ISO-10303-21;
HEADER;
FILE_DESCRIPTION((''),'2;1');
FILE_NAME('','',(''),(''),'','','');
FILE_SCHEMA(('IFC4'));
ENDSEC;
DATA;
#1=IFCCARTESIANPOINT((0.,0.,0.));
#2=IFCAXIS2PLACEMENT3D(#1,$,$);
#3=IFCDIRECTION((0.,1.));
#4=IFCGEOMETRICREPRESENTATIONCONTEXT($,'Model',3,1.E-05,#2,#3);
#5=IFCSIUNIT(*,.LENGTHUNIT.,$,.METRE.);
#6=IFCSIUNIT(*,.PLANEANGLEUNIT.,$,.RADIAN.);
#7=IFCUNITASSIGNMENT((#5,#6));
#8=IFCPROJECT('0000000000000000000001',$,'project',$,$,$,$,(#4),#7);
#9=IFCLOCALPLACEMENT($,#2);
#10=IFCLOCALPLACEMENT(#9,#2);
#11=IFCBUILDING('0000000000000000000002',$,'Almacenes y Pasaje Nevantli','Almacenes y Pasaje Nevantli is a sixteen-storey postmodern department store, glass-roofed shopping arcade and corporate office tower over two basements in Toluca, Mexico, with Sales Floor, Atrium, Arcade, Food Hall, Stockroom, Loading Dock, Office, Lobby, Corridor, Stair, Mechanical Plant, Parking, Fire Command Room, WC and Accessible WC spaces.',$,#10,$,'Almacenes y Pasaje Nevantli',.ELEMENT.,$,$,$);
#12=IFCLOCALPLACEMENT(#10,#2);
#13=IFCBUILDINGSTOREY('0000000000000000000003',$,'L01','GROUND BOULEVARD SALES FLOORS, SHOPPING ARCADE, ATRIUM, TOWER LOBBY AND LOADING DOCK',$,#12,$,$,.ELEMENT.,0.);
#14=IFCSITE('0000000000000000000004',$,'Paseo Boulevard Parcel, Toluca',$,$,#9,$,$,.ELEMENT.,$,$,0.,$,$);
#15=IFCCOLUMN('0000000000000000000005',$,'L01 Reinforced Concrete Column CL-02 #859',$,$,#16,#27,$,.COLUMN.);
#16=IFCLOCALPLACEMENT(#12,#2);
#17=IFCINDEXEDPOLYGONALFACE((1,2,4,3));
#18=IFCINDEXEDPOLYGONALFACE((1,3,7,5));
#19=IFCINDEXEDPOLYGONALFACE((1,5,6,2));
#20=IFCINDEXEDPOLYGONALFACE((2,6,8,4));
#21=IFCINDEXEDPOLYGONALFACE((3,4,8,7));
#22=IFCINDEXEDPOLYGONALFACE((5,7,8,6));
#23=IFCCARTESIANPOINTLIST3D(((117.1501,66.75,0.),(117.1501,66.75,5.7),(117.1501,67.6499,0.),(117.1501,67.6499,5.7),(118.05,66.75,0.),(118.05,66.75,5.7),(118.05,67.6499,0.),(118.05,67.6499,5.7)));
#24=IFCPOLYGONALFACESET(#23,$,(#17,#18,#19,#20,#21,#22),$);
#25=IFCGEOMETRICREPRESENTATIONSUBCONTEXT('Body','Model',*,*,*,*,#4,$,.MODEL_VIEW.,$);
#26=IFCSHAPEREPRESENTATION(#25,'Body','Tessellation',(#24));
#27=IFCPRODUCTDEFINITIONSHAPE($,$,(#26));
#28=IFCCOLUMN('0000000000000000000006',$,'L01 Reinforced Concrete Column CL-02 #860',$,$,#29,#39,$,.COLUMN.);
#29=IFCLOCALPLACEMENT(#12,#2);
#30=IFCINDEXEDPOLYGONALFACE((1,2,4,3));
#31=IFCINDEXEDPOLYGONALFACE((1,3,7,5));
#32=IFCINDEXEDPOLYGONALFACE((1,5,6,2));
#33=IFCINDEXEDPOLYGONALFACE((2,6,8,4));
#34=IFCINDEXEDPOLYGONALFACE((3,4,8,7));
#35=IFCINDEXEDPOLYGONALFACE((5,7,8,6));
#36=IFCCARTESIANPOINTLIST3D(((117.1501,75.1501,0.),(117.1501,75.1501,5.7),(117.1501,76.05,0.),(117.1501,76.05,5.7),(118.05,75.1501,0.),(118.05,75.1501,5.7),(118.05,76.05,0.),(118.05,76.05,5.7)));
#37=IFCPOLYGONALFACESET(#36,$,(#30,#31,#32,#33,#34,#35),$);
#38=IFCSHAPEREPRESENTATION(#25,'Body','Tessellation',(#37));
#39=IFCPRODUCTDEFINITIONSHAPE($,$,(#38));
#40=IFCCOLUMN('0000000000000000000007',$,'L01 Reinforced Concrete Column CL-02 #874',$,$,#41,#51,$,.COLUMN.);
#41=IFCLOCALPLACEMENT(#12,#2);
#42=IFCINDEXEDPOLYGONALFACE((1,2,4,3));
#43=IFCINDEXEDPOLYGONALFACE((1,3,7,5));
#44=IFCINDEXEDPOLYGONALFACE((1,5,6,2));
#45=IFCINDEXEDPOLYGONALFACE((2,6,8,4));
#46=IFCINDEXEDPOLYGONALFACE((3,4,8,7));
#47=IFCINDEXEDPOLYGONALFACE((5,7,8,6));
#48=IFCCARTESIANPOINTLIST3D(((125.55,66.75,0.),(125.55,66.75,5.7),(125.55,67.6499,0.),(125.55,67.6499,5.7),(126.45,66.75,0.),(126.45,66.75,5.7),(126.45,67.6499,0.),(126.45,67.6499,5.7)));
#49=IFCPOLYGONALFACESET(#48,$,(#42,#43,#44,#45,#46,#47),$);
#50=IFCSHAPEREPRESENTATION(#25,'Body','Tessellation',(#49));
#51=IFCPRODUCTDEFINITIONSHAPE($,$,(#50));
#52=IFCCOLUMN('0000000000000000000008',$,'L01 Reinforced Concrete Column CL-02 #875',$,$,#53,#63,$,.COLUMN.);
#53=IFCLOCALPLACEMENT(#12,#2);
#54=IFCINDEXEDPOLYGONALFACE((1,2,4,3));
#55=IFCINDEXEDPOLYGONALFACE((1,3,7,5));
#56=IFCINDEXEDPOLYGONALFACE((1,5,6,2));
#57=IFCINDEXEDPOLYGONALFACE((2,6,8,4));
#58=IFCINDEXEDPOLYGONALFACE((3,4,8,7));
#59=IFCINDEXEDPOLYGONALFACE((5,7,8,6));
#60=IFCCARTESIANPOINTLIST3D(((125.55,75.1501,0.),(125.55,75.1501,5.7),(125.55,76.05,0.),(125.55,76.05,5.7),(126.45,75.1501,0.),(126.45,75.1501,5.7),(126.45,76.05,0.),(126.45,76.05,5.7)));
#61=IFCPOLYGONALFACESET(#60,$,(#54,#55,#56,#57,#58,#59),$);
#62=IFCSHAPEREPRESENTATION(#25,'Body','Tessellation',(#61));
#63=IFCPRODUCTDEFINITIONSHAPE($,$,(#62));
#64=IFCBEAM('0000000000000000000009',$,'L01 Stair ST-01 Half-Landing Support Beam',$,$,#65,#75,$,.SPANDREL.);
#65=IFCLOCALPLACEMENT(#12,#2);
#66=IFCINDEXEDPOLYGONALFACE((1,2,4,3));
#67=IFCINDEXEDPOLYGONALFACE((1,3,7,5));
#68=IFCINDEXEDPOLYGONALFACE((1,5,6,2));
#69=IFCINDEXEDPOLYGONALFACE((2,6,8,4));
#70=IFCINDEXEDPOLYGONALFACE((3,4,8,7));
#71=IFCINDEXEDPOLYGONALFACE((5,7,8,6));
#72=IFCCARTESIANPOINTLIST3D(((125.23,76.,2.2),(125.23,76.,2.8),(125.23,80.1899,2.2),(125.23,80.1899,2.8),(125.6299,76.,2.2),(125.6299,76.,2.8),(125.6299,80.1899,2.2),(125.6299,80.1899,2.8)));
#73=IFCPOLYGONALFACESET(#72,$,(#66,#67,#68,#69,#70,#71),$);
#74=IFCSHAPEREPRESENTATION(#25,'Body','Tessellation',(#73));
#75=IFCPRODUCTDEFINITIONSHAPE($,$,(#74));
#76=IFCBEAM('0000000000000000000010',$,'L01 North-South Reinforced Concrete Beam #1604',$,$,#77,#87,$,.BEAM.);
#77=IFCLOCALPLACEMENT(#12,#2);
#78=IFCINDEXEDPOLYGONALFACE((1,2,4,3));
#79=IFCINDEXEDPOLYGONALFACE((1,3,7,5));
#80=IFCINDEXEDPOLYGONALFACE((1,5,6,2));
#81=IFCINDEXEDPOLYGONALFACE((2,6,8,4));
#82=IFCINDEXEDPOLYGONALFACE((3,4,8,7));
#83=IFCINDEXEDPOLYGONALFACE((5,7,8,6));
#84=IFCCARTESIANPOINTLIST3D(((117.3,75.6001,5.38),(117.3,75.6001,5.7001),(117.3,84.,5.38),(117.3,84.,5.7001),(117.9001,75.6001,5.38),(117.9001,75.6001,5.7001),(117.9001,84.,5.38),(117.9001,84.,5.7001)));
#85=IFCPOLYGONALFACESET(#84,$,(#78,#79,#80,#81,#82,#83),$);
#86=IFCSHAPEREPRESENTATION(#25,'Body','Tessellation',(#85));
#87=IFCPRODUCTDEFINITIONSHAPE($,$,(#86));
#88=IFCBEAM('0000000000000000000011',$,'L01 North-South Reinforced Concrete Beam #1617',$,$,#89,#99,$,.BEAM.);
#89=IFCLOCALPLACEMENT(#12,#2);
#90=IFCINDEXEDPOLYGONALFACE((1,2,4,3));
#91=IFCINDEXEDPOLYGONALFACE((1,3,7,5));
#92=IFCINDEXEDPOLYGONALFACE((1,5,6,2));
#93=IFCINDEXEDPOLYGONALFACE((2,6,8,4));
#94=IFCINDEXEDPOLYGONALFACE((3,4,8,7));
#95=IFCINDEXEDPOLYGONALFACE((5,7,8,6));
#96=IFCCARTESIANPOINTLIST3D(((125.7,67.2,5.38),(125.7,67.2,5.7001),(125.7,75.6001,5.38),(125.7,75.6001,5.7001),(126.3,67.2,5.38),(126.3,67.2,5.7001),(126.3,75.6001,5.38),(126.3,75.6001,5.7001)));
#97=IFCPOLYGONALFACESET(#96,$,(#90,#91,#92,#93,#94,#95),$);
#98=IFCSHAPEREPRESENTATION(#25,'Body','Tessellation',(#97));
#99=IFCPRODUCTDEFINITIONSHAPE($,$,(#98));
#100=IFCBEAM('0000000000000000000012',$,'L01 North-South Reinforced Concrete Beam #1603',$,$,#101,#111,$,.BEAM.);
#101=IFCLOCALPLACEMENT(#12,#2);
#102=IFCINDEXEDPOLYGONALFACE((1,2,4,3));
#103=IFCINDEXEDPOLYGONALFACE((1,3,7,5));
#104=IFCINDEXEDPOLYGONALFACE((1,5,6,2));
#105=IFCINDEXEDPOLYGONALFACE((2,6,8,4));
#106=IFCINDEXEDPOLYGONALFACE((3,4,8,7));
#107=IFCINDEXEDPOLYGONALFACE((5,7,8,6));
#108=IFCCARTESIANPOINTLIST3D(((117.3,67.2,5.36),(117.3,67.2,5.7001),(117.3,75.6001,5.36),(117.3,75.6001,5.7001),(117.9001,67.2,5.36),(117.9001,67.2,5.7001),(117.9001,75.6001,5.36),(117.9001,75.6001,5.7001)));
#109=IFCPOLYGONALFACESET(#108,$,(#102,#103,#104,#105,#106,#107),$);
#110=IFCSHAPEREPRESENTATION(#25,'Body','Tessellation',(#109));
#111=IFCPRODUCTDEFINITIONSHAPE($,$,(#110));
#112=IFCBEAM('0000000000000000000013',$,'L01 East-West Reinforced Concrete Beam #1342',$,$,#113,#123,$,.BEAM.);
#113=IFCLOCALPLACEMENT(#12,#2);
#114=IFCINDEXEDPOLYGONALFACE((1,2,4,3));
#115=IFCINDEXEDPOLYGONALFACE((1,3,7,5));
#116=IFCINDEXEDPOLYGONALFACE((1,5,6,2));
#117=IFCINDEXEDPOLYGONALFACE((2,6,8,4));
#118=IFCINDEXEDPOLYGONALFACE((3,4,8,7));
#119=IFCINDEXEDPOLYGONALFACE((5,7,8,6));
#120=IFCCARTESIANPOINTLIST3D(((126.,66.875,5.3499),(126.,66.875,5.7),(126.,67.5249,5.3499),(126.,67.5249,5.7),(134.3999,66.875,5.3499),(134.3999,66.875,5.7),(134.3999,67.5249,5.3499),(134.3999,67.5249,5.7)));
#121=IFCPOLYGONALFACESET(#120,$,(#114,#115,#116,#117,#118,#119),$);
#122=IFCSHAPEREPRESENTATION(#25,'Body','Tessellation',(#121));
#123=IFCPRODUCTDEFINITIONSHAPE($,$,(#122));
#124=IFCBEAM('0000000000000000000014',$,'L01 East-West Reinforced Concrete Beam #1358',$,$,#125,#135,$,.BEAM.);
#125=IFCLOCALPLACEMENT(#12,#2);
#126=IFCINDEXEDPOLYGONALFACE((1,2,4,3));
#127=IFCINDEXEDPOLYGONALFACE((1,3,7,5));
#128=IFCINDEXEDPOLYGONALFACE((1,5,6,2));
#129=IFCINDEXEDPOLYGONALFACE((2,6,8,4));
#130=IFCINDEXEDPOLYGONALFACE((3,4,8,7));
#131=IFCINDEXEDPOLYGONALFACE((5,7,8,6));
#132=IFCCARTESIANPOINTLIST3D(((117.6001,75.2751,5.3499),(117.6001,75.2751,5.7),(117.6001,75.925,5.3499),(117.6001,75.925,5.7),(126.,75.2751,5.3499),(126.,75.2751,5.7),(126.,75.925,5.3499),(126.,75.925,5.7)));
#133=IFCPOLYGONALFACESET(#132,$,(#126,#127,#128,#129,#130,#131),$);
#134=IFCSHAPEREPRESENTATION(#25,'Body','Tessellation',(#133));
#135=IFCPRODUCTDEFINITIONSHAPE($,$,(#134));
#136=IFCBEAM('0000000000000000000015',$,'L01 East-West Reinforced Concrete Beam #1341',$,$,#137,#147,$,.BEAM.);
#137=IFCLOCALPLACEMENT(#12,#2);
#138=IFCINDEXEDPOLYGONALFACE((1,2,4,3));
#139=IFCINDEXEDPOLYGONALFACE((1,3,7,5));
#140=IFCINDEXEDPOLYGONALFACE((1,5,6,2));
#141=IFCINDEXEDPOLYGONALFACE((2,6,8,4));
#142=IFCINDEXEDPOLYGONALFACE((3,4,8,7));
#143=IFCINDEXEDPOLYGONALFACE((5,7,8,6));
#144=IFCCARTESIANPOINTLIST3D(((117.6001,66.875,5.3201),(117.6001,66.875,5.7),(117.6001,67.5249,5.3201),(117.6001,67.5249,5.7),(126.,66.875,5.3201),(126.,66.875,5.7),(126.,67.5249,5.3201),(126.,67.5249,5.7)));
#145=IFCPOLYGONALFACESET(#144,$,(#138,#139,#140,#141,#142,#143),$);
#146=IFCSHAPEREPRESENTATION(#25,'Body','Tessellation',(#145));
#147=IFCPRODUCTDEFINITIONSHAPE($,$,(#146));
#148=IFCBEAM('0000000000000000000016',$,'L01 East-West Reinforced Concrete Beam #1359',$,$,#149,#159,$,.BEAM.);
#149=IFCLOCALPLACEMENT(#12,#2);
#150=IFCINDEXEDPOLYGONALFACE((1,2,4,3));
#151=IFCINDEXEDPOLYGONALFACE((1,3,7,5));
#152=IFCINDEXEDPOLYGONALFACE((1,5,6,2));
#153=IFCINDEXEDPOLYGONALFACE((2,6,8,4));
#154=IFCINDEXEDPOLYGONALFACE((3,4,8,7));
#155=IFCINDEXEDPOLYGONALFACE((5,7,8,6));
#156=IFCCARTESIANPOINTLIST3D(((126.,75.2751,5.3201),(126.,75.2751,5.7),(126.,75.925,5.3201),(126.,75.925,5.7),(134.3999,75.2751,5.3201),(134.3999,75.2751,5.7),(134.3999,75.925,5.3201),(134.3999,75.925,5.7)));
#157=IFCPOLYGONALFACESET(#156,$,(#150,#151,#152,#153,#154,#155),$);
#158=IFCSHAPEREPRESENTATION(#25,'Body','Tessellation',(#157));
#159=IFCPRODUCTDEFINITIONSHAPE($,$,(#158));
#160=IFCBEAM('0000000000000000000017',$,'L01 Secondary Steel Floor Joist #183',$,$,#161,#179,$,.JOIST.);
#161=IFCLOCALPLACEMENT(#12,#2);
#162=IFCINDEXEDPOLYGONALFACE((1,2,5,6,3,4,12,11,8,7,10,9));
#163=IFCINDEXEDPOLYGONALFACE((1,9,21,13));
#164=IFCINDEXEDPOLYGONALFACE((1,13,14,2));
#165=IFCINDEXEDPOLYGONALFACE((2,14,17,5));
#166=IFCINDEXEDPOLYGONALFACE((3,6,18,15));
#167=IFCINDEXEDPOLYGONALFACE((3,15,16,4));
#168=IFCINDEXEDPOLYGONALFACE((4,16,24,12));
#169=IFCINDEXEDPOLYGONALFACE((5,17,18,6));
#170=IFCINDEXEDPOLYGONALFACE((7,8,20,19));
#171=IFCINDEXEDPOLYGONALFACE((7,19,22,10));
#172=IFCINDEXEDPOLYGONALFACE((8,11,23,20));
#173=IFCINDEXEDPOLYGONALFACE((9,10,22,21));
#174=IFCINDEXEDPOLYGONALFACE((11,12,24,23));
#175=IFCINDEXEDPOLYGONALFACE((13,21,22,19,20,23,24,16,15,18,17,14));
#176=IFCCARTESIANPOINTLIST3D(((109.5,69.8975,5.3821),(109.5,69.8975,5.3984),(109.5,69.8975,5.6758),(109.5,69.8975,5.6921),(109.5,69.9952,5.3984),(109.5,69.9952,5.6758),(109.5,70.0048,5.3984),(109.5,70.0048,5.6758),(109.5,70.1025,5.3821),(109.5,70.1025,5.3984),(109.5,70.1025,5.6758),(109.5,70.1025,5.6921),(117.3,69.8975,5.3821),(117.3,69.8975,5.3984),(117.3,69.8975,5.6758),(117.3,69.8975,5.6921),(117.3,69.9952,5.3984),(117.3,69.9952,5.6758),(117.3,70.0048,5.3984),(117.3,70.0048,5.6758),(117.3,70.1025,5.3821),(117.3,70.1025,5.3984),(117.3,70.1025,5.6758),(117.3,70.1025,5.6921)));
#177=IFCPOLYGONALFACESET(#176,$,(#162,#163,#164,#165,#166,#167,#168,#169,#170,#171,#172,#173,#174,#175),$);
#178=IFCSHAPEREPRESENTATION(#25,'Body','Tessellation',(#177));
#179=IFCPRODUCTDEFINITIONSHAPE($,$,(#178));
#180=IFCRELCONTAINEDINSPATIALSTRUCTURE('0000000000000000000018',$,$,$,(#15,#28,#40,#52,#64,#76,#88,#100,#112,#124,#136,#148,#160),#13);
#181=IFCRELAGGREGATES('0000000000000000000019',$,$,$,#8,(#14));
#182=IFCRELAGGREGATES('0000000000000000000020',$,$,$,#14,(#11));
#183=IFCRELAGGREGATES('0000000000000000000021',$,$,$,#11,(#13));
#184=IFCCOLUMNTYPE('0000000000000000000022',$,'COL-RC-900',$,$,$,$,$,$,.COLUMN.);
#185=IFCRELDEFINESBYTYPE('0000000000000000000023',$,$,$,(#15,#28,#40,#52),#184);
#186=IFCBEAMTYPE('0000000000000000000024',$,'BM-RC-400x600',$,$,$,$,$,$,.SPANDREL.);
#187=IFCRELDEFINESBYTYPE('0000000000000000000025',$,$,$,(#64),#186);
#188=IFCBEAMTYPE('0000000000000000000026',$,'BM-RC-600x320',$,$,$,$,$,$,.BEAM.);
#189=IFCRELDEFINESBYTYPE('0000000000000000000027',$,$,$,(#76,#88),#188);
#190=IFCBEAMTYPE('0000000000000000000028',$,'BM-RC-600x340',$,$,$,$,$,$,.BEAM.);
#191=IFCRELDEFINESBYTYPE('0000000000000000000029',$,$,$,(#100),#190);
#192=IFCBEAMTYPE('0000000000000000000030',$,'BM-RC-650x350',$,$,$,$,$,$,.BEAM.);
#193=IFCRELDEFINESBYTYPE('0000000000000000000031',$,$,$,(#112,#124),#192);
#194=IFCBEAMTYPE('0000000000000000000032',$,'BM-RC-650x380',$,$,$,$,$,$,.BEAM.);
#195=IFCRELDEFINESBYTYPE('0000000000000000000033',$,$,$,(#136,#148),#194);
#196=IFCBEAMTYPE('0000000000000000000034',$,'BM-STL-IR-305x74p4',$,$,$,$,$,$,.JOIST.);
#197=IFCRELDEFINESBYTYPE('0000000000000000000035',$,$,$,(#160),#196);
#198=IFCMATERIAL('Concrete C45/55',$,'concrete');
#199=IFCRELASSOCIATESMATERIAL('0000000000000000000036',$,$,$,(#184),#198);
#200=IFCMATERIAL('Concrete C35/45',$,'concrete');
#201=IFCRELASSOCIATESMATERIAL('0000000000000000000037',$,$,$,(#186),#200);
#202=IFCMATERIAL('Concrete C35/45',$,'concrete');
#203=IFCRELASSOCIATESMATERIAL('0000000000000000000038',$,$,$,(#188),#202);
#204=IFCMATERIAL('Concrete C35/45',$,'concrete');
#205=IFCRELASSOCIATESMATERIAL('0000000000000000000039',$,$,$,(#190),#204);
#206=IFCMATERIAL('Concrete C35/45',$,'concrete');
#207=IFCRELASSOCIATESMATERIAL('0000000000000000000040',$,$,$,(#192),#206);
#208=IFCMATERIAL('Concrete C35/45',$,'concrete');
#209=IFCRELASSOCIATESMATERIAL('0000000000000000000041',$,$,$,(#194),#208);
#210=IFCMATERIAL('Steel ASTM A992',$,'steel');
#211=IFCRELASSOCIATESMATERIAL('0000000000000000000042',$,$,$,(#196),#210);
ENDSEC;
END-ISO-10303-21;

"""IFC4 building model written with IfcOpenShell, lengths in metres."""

from ifc_helpers import new_model, si_unit, direction, frame, origin, origin_2d, place, context, subcontext, project, spatial, rectangle, i_section, extrude, material, material_profile, profile_set, type_object, element, save


model = new_model("IFC4")

# Units and contexts
model_context = context("Model", 3, precision=1e-05, world=origin(), true_north=direction((0.0, 1.0)))
body_context = subcontext(model_context, "Body", "Model", "MODEL_VIEW")
ifc_project = project(units=[si_unit("LENGTHUNIT", "METRE"), si_unit("PLANEANGLEUNIT", "RADIAN")], contexts=[model_context])

# Site, building, storey
site_placement = place(None, origin())
site = spatial("IfcSite", under=ifc_project, at=site_placement, Name="Paseo Boulevard Parcel, Toluca", CompositionType="ELEMENT", RefElevation=0.0)
building_placement = place(site_placement, origin())
building = spatial("IfcBuilding", under=site, at=building_placement, Name="Almacenes y Pasaje Nevantli", Description="Almacenes y Pasaje Nevantli is a sixteen-storey postmodern department store, glass-roofed shopping arcade and corporate office tower over two basements in Toluca, Mexico, with Sales Floor, Atrium, Arcade, Food Hall, Stockroom, Loading Dock, Office, Lobby, Corridor, Stair, Mechanical Plant, Parking, Fire Command Room, WC and Accessible WC spaces.", LongName="Almacenes y Pasaje Nevantli", CompositionType="ELEMENT")
storey_placement = place(building_placement, origin())
storey = spatial("IfcBuildingStorey", under=building, at=storey_placement, Name="L01", Description="GROUND BOULEVARD SALES FLOORS, SHOPPING ARCADE, ATRIUM, TOWER LOBBY AND LOADING DOCK", CompositionType="ELEMENT", Elevation=0.0)

# Columns
ifc_material_1 = material(Name="Concrete C45/55", Category="concrete")
ifc_material_profile_1 = material_profile(ifc_material_1, rectangle(XDim=0.8999, YDim=0.8999, at=origin_2d()), Name="RC-COL-900x900")
ifc_profile_set_1 = profile_set([ifc_material_profile_1], Name="Concrete C45/55")
column_type = type_object("IfcColumnType", Name="COL-RC-900", PredefinedType="COLUMN", material=ifc_profile_set_1)
for number, where, z_axis, x_axis, name in (
    (1, (117.6001, 67.2, 0.0), (0.0, 0.0, 1.0), (1.0, 0.0, 0.0), "L01 Reinforced Concrete Column CL-02 #859"),
    (2, (117.6001, 75.6001, 0.0), (0.0, 0.0, 1.0), (1.0, 0.0, 0.0), "L01 Reinforced Concrete Column CL-02 #860"),
    (3, (126.0, 67.2, 0.0), (0.0, 0.0, 1.0), (1.0, 0.0, 0.0), "L01 Reinforced Concrete Column CL-02 #874"),
    (4, (126.0, 75.6001, 0.0), (0.0, 0.0, 1.0), (1.0, 0.0, 0.0), "L01 Reinforced Concrete Column CL-02 #875"),
):
    element("IfcColumn", number, at=place(storey_placement, frame(where, z_axis=z_axis, x_axis=x_axis)), inside=storey, type_object=column_type, Name=name, PredefinedType="COLUMN", context=body_context, shape_type="SweptSolid", body=[
        extrude(rectangle(XDim=0.8999, YDim=0.8999, at=origin_2d()), origin(), (0.0, 0.0, 1.0), 5.7),
    ])

# Beams
ifc_material_2 = material(Name="Concrete C35/45", Category="concrete")
ifc_material_profile_2 = material_profile(ifc_material_2, rectangle(XDim=0.3999, YDim=0.6001, at=origin_2d()), Name="RC-BM-400x600")
ifc_profile_set_2 = profile_set([ifc_material_profile_2], Name="Concrete C35/45")
beam_type_1 = type_object("IfcBeamType", Name="BM-RC-400x600", PredefinedType="SPANDREL", material=ifc_profile_set_2)
beam_1_placement = place(storey_placement, frame((125.4299, 76.0, 2.5), z_axis=(0.0, 1.0, 0.0), x_axis=(-1.0, 0.0, 0.0)))
element("IfcBeam", 5, at=beam_1_placement, inside=storey, type_object=beam_type_1, Name="L01 Stair ST-01 Half-Landing Support Beam", PredefinedType="SPANDREL", context=body_context, shape_type="SweptSolid", body=[
    extrude(rectangle(XDim=0.3999, YDim=0.6001, at=origin_2d()), origin(), (0.0, 0.0, 1.0), 4.1899),
])
ifc_material_3 = material(Name="Concrete C35/45", Category="concrete")
ifc_material_profile_3 = material_profile(ifc_material_3, rectangle(XDim=0.6001, YDim=0.3201, at=origin_2d()), Name="RC-BM-600x320")
ifc_profile_set_3 = profile_set([ifc_material_profile_3], Name="Concrete C35/45")
beam_type_2 = type_object("IfcBeamType", Name="BM-RC-600x320", PredefinedType="BEAM", material=ifc_profile_set_3)
beam_2_placement = place(storey_placement, frame((117.6001, 75.6001, 5.54), z_axis=(0.0, 1.0, 0.0), x_axis=(-1.0, 0.0, 0.0)))
element("IfcBeam", 6, at=beam_2_placement, inside=storey, type_object=beam_type_2, Name="L01 North-South Reinforced Concrete Beam #1604", PredefinedType="BEAM", context=body_context, shape_type="SweptSolid", body=[
    extrude(rectangle(XDim=0.6001, YDim=0.3201, at=origin_2d()), origin(), (0.0, 0.0, 1.0), 8.3999),
])
beam_3_placement = place(storey_placement, frame((126.0, 67.2, 5.54), z_axis=(0.0, 1.0, 0.0), x_axis=(-1.0, 0.0, 0.0)))
element("IfcBeam", 7, at=beam_3_placement, inside=storey, type_object=beam_type_2, Name="L01 North-South Reinforced Concrete Beam #1617", PredefinedType="BEAM", context=body_context, shape_type="SweptSolid", body=[
    extrude(rectangle(XDim=0.6001, YDim=0.3201, at=origin_2d()), origin(), (0.0, 0.0, 1.0), 8.4001),
])
ifc_material_4 = material(Name="Concrete C35/45", Category="concrete")
ifc_material_profile_4 = material_profile(ifc_material_4, rectangle(XDim=0.6001, YDim=0.3401, at=origin_2d()), Name="RC-BM-600x340")
ifc_profile_set_4 = profile_set([ifc_material_profile_4], Name="Concrete C35/45")
beam_type_3 = type_object("IfcBeamType", Name="BM-RC-600x340", PredefinedType="BEAM", material=ifc_profile_set_4)
beam_4_placement = place(storey_placement, frame((117.6001, 67.2, 5.53), z_axis=(0.0, 1.0, 0.0), x_axis=(-1.0, 0.0, 0.0)))
element("IfcBeam", 8, at=beam_4_placement, inside=storey, type_object=beam_type_3, Name="L01 North-South Reinforced Concrete Beam #1603", PredefinedType="BEAM", context=body_context, shape_type="SweptSolid", body=[
    extrude(rectangle(XDim=0.6001, YDim=0.3401, at=origin_2d()), origin(), (0.0, 0.0, 1.0), 8.4001),
])
ifc_material_5 = material(Name="Concrete C35/45", Category="concrete")
ifc_material_profile_5 = material_profile(ifc_material_5, rectangle(XDim=0.6499, YDim=0.3501, at=origin_2d()), Name="RC-BM-650x350")
ifc_profile_set_5 = profile_set([ifc_material_profile_5], Name="Concrete C35/45")
beam_type_4 = type_object("IfcBeamType", Name="BM-RC-650x350", PredefinedType="BEAM", material=ifc_profile_set_5)
for number, where, z_axis, x_axis, name in (
    (9, (126.0, 67.2, 5.5249), (1.0, 0.0, 0.0), (0.0, 1.0, 0.0), "L01 East-West Reinforced Concrete Beam #1342"),
    (10, (117.6001, 75.6001, 5.5249), (1.0, 0.0, 0.0), (0.0, 1.0, 0.0), "L01 East-West Reinforced Concrete Beam #1358"),
):
    element("IfcBeam", number, at=place(storey_placement, frame(where, z_axis=z_axis, x_axis=x_axis)), inside=storey, type_object=beam_type_4, Name=name, PredefinedType="BEAM", context=body_context, shape_type="SweptSolid", body=[
        extrude(rectangle(XDim=0.6499, YDim=0.3501, at=origin_2d()), origin(), (0.0, 0.0, 1.0), 8.3999),
    ])
ifc_material_6 = material(Name="Concrete C35/45", Category="concrete")
ifc_material_profile_6 = material_profile(ifc_material_6, rectangle(XDim=0.6499, YDim=0.3799, at=origin_2d()), Name="RC-BM-650x380")
ifc_profile_set_6 = profile_set([ifc_material_profile_6], Name="Concrete C35/45")
beam_type_5 = type_object("IfcBeamType", Name="BM-RC-650x380", PredefinedType="BEAM", material=ifc_profile_set_6)
for number, where, z_axis, x_axis, name in (
    (11, (117.6001, 67.2, 5.51), (1.0, 0.0, 0.0), (0.0, 1.0, 0.0), "L01 East-West Reinforced Concrete Beam #1341"),
    (12, (126.0, 75.6001, 5.51), (1.0, 0.0, 0.0), (0.0, 1.0, 0.0), "L01 East-West Reinforced Concrete Beam #1359"),
):
    element("IfcBeam", number, at=place(storey_placement, frame(where, z_axis=z_axis, x_axis=x_axis)), inside=storey, type_object=beam_type_5, Name=name, PredefinedType="BEAM", context=body_context, shape_type="SweptSolid", body=[
        extrude(rectangle(XDim=0.6499, YDim=0.3799, at=origin_2d()), origin(), (0.0, 0.0, 1.0), 8.3999),
    ])
ifc_material_7 = material(Name="Steel ASTM A992", Category="steel")
ifc_material_profile_7 = material_profile(ifc_material_7, i_section(OverallWidth=0.2051, OverallDepth=0.3101, WebThickness=0.0095, FlangeThickness=0.0164, at=origin_2d()), Name="IR 305x74.4")
ifc_profile_set_7 = profile_set([ifc_material_profile_7], Name="Steel ASTM A992")
beam_type_6 = type_object("IfcBeamType", Name="BM-STL-IR-305x74p4", PredefinedType="JOIST", material=ifc_profile_set_7)
for number, where, z_axis, x_axis, name in (
    (13, (109.5, 70.0, 5.5371), (1.0, 0.0, 0.0), (0.0, 1.0, 0.0), "L01 Secondary Steel Floor Joist #183"),
):
    element("IfcBeam", number, at=place(storey_placement, frame(where, z_axis=z_axis, x_axis=x_axis)), inside=storey, type_object=beam_type_6, Name=name, PredefinedType="JOIST", context=body_context, shape_type="SweptSolid", body=[
        extrude(i_section(OverallWidth=0.2051, OverallDepth=0.3101, WebThickness=0.0095, FlangeThickness=0.0164, at=origin_2d()), origin(), (0.0, 0.0, 1.0), 7.8),
    ])

save(model, "model.ifc")
